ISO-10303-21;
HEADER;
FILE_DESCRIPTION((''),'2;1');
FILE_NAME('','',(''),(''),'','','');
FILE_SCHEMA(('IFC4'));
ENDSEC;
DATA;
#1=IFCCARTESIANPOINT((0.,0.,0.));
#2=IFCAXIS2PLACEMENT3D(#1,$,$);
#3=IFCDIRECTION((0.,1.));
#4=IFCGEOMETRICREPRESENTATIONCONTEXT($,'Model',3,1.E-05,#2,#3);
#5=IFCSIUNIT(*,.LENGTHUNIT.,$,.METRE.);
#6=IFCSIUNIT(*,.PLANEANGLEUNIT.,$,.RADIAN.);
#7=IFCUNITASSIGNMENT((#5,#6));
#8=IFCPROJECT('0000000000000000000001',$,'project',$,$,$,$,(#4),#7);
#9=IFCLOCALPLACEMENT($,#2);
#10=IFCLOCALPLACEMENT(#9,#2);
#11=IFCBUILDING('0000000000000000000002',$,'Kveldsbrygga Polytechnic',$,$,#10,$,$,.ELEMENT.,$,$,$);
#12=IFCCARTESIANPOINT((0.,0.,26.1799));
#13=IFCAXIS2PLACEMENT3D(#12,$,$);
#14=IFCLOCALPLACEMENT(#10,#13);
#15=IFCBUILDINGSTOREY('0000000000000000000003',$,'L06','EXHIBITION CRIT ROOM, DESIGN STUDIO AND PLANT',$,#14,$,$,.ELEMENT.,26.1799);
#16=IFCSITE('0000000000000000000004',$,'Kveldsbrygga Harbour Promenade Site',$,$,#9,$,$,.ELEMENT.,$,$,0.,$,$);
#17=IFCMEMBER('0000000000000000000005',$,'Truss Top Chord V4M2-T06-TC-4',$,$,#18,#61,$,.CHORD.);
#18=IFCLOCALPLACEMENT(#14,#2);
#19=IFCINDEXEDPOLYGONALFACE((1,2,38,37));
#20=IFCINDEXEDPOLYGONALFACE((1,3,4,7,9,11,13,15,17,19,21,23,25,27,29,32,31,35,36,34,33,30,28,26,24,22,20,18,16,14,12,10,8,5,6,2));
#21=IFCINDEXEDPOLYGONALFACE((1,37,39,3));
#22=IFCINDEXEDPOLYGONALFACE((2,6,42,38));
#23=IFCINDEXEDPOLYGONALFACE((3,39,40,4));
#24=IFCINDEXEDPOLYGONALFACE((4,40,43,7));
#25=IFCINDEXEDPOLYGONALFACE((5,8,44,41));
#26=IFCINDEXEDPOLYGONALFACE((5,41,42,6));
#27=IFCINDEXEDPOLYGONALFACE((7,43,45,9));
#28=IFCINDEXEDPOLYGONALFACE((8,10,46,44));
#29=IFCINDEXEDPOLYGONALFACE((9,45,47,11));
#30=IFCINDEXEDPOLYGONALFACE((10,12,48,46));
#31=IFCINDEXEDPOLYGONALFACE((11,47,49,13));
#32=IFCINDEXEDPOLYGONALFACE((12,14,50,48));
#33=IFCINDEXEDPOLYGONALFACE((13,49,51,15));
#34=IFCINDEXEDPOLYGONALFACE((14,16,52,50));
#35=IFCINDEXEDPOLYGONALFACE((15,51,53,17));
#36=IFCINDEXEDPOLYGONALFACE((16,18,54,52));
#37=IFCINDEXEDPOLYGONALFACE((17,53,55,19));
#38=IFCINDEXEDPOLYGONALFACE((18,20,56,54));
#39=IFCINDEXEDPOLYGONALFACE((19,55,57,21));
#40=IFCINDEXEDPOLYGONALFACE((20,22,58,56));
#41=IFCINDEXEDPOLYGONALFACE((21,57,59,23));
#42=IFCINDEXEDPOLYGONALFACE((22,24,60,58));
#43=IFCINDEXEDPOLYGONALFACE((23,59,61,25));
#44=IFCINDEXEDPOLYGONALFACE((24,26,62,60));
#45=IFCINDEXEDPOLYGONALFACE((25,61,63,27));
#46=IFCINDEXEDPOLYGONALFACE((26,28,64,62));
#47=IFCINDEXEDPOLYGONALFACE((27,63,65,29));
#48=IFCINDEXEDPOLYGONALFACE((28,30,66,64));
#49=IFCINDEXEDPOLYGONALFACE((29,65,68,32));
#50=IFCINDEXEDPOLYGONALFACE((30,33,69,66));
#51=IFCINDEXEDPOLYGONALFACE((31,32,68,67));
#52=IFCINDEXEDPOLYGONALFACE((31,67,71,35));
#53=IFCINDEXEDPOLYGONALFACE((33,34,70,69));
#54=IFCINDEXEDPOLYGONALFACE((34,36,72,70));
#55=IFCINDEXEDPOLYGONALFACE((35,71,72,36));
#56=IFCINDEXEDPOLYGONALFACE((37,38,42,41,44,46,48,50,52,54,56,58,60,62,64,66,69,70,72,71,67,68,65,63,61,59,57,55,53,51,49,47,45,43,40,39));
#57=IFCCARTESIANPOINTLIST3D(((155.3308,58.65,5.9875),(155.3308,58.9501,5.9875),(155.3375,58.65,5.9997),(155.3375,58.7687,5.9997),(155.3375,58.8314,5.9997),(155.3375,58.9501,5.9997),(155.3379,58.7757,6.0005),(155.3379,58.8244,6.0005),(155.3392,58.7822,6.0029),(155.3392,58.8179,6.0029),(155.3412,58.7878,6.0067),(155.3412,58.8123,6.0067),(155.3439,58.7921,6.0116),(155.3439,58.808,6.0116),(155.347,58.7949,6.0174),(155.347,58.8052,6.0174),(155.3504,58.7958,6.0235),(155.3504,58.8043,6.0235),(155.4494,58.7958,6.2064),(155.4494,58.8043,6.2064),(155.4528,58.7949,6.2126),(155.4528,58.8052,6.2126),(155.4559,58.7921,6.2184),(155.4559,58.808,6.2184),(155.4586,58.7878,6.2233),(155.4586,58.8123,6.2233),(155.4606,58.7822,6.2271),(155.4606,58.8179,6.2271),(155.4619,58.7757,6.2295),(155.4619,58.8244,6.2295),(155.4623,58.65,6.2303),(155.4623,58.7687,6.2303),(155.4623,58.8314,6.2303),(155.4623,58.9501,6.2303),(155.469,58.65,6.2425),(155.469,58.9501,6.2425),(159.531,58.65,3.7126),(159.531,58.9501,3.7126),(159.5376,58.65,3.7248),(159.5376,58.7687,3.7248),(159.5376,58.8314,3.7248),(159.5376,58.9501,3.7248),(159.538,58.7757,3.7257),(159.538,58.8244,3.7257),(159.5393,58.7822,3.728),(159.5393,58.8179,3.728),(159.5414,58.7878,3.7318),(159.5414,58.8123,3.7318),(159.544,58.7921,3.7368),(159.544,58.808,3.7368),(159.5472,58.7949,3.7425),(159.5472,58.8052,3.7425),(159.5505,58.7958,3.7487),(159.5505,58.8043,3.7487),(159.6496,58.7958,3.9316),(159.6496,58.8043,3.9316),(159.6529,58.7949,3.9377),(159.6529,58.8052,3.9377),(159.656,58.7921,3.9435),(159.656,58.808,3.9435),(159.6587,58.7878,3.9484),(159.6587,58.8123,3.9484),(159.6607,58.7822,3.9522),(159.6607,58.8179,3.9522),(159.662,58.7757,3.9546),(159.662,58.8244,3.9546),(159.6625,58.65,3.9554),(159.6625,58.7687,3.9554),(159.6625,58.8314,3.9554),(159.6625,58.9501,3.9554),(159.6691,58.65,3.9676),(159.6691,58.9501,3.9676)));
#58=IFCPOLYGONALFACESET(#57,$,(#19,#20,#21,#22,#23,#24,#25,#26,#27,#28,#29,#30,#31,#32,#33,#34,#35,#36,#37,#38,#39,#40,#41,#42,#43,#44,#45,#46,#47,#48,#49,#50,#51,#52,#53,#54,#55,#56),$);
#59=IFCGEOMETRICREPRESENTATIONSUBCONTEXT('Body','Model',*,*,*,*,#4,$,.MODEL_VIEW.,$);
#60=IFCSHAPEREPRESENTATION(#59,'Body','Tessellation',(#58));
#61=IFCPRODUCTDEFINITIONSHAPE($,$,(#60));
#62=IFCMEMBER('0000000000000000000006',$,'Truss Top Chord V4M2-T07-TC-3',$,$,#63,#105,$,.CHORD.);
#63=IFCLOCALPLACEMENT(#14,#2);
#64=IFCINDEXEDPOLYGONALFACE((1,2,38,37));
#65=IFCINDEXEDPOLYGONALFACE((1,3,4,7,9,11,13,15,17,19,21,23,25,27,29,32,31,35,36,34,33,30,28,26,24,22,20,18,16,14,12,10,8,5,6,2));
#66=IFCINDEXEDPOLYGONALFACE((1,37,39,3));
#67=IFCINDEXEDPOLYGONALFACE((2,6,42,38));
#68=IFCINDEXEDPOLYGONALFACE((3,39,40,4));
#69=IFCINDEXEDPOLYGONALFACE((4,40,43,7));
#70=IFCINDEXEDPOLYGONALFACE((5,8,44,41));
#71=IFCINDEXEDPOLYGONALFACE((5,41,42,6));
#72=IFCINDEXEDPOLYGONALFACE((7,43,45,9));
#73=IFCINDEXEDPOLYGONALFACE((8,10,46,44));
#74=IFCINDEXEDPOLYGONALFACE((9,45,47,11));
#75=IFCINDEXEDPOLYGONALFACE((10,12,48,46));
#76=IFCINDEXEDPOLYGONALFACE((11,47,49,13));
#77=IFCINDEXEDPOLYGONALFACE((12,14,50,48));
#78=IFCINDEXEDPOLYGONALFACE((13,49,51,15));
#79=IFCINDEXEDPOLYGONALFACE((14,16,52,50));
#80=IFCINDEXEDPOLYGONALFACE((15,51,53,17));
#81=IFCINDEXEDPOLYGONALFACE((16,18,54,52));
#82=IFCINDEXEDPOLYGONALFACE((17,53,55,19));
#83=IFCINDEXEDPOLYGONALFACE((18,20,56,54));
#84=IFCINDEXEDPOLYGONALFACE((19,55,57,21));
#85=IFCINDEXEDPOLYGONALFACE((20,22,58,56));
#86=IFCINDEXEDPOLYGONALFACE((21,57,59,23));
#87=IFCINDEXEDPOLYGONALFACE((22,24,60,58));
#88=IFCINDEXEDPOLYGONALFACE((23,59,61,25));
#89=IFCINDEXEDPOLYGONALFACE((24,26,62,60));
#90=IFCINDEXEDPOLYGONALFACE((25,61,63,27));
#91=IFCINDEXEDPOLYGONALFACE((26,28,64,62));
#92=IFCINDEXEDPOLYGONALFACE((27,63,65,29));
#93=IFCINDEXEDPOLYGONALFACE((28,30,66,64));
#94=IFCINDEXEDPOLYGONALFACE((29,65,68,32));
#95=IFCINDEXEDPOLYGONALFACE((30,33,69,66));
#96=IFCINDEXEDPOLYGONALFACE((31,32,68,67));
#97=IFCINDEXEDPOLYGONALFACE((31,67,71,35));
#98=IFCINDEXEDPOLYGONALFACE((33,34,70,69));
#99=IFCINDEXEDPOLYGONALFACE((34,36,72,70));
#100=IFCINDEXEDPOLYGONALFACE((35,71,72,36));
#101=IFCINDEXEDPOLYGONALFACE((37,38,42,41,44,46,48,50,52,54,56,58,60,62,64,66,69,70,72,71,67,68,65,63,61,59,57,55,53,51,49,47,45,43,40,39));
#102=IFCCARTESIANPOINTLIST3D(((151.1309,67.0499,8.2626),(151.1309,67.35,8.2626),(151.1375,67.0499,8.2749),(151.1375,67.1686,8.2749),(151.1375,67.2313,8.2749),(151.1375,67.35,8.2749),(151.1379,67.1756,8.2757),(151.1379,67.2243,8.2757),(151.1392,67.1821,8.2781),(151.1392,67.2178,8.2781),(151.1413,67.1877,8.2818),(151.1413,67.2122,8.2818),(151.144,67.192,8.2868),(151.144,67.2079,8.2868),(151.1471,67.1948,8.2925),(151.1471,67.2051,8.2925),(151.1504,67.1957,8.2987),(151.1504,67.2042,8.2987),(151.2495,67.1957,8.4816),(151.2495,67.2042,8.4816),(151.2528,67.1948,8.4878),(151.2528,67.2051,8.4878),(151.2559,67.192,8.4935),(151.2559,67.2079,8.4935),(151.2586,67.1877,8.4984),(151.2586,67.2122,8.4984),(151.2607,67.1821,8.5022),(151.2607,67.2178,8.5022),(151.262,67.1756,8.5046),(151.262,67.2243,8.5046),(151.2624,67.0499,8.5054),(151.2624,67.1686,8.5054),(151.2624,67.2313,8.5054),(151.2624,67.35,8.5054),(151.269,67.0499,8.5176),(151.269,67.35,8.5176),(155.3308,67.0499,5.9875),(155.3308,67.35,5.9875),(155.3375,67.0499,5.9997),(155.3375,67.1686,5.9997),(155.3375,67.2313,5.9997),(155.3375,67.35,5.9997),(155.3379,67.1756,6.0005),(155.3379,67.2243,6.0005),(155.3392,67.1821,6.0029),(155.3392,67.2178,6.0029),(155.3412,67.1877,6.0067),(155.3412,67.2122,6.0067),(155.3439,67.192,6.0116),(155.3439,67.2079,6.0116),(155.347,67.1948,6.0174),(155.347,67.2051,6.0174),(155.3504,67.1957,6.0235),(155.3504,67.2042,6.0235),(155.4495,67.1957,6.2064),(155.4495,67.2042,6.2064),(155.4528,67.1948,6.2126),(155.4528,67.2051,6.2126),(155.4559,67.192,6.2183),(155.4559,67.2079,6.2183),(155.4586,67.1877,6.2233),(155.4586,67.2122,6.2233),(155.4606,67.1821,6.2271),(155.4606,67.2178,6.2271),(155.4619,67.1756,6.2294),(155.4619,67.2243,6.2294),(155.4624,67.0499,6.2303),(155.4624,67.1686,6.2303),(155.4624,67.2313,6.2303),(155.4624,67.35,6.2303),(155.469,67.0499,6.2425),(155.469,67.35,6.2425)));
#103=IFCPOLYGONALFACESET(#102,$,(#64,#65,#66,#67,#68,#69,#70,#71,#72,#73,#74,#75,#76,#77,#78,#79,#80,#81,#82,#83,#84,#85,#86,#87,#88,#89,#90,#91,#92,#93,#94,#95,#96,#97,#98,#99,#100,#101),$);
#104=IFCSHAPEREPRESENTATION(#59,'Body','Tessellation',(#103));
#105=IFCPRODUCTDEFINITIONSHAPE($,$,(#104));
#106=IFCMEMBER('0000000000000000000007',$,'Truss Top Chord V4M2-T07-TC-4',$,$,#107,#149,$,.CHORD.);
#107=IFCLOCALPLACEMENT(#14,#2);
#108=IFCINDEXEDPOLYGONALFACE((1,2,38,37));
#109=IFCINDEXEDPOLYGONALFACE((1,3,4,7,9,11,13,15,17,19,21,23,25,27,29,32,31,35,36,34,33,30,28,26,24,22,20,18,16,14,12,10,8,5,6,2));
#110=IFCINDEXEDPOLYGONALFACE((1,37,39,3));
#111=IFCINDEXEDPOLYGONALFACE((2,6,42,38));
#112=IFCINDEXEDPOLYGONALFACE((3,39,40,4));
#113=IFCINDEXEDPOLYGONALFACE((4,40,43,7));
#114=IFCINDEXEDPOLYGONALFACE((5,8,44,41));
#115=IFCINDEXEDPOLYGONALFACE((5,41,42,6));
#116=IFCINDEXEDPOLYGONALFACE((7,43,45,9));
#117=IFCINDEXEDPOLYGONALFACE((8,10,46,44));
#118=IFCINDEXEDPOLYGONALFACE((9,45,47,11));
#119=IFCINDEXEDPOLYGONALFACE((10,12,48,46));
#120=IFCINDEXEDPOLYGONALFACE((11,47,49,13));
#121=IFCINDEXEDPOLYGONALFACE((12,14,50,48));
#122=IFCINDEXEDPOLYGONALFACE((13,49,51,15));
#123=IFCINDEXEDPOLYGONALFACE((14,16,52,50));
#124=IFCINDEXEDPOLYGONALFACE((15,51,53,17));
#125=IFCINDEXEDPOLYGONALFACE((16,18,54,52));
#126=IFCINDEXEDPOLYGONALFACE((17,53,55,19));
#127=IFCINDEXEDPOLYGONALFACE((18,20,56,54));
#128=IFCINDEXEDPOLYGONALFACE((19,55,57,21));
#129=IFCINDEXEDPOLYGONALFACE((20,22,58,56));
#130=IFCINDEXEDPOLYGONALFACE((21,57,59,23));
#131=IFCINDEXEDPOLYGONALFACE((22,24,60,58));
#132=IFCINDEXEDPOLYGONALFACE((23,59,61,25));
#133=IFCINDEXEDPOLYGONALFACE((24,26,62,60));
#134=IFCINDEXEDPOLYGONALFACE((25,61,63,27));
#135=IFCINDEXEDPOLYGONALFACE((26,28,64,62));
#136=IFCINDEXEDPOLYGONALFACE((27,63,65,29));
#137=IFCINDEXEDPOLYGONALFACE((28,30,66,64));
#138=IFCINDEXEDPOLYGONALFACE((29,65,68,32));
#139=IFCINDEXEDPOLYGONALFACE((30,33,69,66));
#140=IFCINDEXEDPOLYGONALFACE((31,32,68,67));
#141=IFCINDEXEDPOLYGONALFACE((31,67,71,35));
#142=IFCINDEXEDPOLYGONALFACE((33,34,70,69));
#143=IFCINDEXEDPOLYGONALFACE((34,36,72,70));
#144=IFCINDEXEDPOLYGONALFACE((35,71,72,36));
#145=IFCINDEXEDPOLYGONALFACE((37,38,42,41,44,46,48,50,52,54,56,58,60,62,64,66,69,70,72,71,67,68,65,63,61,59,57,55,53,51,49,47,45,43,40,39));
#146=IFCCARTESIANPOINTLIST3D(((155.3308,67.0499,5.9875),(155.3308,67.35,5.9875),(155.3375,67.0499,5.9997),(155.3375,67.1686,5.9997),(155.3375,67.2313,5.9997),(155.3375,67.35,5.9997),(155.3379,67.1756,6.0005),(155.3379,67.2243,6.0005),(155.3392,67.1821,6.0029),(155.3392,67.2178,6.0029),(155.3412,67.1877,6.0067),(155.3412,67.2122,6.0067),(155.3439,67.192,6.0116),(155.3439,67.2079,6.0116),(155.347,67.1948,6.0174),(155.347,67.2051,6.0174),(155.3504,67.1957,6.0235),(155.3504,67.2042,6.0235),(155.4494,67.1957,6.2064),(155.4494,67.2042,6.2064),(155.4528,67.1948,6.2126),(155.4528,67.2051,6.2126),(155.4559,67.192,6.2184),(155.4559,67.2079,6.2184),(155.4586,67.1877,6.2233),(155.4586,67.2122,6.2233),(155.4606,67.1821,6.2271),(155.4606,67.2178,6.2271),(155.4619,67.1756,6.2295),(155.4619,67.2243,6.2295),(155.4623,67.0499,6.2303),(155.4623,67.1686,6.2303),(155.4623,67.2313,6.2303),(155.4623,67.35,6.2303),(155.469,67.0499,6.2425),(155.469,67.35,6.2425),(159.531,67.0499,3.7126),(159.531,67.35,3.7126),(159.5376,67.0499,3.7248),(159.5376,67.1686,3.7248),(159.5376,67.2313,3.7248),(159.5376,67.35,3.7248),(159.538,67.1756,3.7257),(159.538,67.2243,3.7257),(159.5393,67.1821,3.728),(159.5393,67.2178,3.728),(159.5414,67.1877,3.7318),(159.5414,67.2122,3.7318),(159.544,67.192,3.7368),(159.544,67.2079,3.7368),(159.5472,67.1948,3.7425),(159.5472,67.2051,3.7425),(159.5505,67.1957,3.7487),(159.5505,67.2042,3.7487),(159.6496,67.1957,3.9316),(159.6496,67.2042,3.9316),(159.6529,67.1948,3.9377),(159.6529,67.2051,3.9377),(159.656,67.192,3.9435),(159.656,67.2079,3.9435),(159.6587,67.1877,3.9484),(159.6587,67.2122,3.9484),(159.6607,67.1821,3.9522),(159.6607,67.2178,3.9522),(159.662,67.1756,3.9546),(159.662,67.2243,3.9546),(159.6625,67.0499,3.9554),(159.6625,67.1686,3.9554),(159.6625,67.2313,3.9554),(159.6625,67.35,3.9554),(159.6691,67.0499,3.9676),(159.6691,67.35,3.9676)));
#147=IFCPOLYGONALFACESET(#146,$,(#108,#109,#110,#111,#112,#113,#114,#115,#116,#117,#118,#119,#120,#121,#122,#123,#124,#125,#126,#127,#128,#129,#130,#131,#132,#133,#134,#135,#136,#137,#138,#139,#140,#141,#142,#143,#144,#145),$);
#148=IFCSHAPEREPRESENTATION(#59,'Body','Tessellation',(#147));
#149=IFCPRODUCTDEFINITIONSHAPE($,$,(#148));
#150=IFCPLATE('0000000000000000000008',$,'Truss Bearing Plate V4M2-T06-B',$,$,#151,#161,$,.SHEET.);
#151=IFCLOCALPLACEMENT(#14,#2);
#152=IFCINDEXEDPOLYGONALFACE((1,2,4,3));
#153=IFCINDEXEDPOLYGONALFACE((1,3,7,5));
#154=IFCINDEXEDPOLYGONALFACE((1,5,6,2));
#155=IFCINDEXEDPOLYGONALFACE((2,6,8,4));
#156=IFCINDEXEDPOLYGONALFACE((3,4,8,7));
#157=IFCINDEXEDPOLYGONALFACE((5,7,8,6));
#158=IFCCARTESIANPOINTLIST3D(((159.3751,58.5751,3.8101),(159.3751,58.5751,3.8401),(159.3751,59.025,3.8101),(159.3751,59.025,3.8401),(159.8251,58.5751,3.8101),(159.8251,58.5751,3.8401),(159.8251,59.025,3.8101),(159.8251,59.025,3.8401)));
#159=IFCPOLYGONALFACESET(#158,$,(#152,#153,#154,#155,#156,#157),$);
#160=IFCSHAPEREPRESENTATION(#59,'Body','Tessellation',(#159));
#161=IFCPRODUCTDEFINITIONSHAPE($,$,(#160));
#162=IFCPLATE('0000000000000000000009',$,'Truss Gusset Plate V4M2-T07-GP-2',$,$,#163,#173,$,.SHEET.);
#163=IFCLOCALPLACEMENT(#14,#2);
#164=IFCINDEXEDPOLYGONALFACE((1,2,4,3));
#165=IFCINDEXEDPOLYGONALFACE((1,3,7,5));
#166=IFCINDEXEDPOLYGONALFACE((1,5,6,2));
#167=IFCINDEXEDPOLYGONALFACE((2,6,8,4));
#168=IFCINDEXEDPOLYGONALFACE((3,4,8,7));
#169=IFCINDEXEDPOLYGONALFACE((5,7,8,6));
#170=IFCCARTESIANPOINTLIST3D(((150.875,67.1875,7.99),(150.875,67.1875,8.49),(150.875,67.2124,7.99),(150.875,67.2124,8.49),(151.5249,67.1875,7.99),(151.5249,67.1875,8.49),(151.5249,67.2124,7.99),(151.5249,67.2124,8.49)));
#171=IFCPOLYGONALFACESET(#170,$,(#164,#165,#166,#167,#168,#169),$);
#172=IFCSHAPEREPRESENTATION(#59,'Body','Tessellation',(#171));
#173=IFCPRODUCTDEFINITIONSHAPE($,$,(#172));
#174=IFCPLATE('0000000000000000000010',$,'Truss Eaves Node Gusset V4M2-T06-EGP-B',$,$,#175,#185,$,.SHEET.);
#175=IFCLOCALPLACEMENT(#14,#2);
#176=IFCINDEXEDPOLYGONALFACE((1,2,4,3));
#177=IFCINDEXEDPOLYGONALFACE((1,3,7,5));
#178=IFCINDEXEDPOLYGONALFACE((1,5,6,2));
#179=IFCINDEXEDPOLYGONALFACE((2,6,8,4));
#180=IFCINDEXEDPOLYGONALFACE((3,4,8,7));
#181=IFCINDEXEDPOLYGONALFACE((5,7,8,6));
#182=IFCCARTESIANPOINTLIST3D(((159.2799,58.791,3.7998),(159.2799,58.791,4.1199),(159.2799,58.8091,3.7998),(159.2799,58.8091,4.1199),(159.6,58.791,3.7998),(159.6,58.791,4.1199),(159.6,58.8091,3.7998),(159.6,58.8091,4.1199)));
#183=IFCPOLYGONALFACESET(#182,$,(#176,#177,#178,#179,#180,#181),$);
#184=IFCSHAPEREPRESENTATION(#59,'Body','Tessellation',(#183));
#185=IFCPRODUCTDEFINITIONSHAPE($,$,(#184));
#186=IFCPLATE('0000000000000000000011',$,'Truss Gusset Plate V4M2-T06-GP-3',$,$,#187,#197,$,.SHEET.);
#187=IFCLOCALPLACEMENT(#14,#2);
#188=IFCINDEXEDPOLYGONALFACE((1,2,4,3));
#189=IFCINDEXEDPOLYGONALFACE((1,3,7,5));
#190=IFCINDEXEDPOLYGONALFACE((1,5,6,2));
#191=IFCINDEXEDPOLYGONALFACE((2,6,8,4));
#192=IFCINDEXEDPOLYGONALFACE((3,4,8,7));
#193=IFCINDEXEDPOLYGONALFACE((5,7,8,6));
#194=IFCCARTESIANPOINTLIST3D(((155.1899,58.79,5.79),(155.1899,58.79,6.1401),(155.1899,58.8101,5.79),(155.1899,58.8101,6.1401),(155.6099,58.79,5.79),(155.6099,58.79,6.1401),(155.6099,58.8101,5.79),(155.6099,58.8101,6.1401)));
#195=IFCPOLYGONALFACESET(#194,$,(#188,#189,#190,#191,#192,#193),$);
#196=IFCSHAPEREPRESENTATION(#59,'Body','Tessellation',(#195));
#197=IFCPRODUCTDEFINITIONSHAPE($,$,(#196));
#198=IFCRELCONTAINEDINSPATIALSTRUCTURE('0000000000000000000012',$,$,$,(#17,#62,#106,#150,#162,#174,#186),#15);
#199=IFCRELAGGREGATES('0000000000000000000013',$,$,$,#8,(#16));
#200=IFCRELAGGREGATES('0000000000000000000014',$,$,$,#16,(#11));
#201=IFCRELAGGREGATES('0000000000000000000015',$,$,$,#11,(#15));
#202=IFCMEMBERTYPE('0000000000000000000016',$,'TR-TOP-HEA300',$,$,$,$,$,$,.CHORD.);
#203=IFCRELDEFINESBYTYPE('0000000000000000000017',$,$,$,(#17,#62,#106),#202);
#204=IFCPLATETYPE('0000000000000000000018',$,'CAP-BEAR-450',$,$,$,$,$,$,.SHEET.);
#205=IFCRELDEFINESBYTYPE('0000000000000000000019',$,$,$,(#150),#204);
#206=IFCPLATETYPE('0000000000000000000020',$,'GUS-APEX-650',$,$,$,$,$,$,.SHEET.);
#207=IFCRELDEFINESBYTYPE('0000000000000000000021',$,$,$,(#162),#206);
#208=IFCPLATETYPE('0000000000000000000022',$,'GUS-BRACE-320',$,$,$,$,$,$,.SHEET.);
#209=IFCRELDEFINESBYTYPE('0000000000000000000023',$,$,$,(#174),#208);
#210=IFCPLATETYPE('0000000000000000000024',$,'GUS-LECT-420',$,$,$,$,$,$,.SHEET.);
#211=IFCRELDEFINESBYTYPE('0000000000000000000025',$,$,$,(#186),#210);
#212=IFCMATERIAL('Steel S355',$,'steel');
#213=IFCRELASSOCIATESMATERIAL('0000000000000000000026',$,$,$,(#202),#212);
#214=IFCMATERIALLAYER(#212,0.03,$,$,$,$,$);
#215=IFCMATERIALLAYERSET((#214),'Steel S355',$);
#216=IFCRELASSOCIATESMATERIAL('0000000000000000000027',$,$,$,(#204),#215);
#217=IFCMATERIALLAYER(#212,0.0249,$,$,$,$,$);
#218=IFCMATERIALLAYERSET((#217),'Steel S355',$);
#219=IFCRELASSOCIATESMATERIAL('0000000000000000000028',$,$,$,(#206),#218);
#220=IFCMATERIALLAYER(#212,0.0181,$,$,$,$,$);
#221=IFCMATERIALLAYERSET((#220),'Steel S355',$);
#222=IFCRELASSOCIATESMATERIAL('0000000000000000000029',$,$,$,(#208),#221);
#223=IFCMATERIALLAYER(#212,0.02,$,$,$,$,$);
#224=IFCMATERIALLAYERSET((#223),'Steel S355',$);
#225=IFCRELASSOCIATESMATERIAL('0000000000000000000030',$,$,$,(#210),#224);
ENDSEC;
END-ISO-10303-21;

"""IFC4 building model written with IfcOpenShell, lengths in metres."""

from ifc_helpers import new_model, si_unit, direction, frame, origin, origin_2d, place, context, subcontext, project, spatial, rectangle, i_section, extrude, material, layer, layer_set, material_profile, profile_set, type_object, element, save


model = new_model("IFC4")

# Units and contexts
model_context = context("Model", 3, precision=1e-05, world=origin(), true_north=direction((0.0, 1.0)))
body_context = subcontext(model_context, "Body", "Model", "MODEL_VIEW")
ifc_project = project(units=[si_unit("LENGTHUNIT", "METRE"), si_unit("PLANEANGLEUNIT", "RADIAN")], contexts=[model_context])

# Site, building, storey
site_placement = place(None, origin())
site = spatial("IfcSite", under=ifc_project, at=site_placement, Name="Kveldsbrygga Harbour Promenade Site", CompositionType="ELEMENT", RefElevation=0.0)
building_placement = place(site_placement, origin())
building = spatial("IfcBuilding", under=site, at=building_placement, Name="Kveldsbrygga Polytechnic", CompositionType="ELEMENT")
storey_placement = place(building_placement, frame((0.0, 0.0, 26.1799)))
storey = spatial("IfcBuildingStorey", under=building, at=storey_placement, Name="L06", Description="EXHIBITION CRIT ROOM, DESIGN STUDIO AND PLANT", CompositionType="ELEMENT", Elevation=26.1799)

# Shared definitions
ifc_material_1 = material(Name="Steel S355", Category="steel")

# Members
ifc_material_profile_1 = material_profile(ifc_material_1, i_section(OverallWidth=0.3, OverallDepth=0.29, WebThickness=0.0085, FlangeThickness=0.0139, FilletRadius=0.0271, at=origin_2d()), Name="HEA 300")
ifc_profile_set_1 = profile_set([ifc_material_profile_1], Name="Steel S355")
member_type_1 = type_object("IfcMemberType", Name="TR-TOP-HEA300", PredefinedType="CHORD", material=ifc_profile_set_1)
for number, where, z_axis, x_axis, name in (
    (1, (155.3999, 58.8, 6.115), (0.87931, 0.0, -0.47625), (0.0, 1.0, 0.0), "Truss Top Chord V4M2-T06-TC-4"),
    (2, (151.2, 67.2, 8.3901), (0.879277, 0.0, -0.476311), (0.0, 1.0, 0.0), "Truss Top Chord V4M2-T07-TC-3"),
    (3, (155.3999, 67.2, 6.115), (0.87931, 0.0, -0.47625), (0.0, 1.0, 0.0), "Truss Top Chord V4M2-T07-TC-4"),
):
    element("IfcMember", number, at=place(storey_placement, frame(where, z_axis=z_axis, x_axis=x_axis)), inside=storey, type_object=member_type_1, Name=name, PredefinedType="CHORD", context=body_context, shape_type="SweptSolid", body=[
        extrude(i_section(OverallWidth=0.3, OverallDepth=0.29, WebThickness=0.0085, FlangeThickness=0.0139, FilletRadius=0.0271, at=origin_2d()), origin(), (0.0, 0.0, 1.0), 4.7766),
    ])

# Plates
ifc_layer_1 = layer(ifc_material_1, 0.03)
ifc_layer_set_1 = layer_set([ifc_layer_1], Name="Steel S355")
plate_type_1 = type_object("IfcPlateType", Name="CAP-BEAR-450", PredefinedType="SHEET", material=ifc_layer_set_1)
plate_1_placement = place(storey_placement, frame((159.6001, 58.8, 3.8101), z_axis=(0.0, 0.0, 1.0), x_axis=(1.0, 0.0, 0.0)))
element("IfcPlate", 4, at=plate_1_placement, inside=storey, type_object=plate_type_1, Name="Truss Bearing Plate V4M2-T06-B", PredefinedType="SHEET", context=body_context, shape_type="SweptSolid", body=[
    extrude(rectangle(XDim=0.45, YDim=0.45, at=origin_2d()), origin(), (0.0, 0.0, 1.0), 0.03),
])
ifc_layer_2 = layer(ifc_material_1, 0.0249)
ifc_layer_set_2 = layer_set([ifc_layer_2], Name="Steel S355")
plate_type_2 = type_object("IfcPlateType", Name="GUS-APEX-650", PredefinedType="SHEET", material=ifc_layer_set_2)
plate_2_placement = place(storey_placement, frame((151.2, 67.2, 7.99), z_axis=(0.0, 0.0, 1.0), x_axis=(1.0, 0.0, 0.0)))
element("IfcPlate", 5, at=plate_2_placement, inside=storey, type_object=plate_type_2, Name="Truss Gusset Plate V4M2-T07-GP-2", PredefinedType="SHEET", context=body_context, shape_type="SweptSolid", body=[
    extrude(rectangle(XDim=0.6499, YDim=0.0249, at=origin_2d()), origin(), (0.0, 0.0, 1.0), 0.5),
])
ifc_layer_3 = layer(ifc_material_1, 0.0181)
ifc_layer_set_3 = layer_set([ifc_layer_3], Name="Steel S355")
plate_type_3 = type_object("IfcPlateType", Name="GUS-BRACE-320", PredefinedType="SHEET", material=ifc_layer_set_3)
plate_3_placement = place(storey_placement, frame((159.4399, 58.8, 3.7998), z_axis=(0.0, 0.0, 1.0), x_axis=(1.0, 0.0, 0.0)))
element("IfcPlate", 6, at=plate_3_placement, inside=storey, type_object=plate_type_3, Name="Truss Eaves Node Gusset V4M2-T06-EGP-B", PredefinedType="SHEET", context=body_context, shape_type="SweptSolid", body=[
    extrude(rectangle(XDim=0.3201, YDim=0.0181, at=origin_2d()), origin(), (0.0, 0.0, 1.0), 0.3201),
])
ifc_layer_4 = layer(ifc_material_1, 0.02)
ifc_layer_set_4 = layer_set([ifc_layer_4], Name="Steel S355")
plate_type_4 = type_object("IfcPlateType", Name="GUS-LECT-420", PredefinedType="SHEET", material=ifc_layer_set_4)
for number, where, z_axis, x_axis, name in (
    (7, (155.3999, 58.8, 5.79), (0.0, 0.0, 1.0), (1.0, 0.0, 0.0), "Truss Gusset Plate V4M2-T06-GP-3"),
):
    element("IfcPlate", number, at=place(storey_placement, frame(where, z_axis=z_axis, x_axis=x_axis)), inside=storey, type_object=plate_type_4, Name=name, PredefinedType="SHEET", context=body_context, shape_type="SweptSolid", body=[
        extrude(rectangle(XDim=0.4199, YDim=0.02, at=origin_2d()), origin(), (0.0, 0.0, 1.0), 0.3501),
    ])

save(model, "model.ifc")
